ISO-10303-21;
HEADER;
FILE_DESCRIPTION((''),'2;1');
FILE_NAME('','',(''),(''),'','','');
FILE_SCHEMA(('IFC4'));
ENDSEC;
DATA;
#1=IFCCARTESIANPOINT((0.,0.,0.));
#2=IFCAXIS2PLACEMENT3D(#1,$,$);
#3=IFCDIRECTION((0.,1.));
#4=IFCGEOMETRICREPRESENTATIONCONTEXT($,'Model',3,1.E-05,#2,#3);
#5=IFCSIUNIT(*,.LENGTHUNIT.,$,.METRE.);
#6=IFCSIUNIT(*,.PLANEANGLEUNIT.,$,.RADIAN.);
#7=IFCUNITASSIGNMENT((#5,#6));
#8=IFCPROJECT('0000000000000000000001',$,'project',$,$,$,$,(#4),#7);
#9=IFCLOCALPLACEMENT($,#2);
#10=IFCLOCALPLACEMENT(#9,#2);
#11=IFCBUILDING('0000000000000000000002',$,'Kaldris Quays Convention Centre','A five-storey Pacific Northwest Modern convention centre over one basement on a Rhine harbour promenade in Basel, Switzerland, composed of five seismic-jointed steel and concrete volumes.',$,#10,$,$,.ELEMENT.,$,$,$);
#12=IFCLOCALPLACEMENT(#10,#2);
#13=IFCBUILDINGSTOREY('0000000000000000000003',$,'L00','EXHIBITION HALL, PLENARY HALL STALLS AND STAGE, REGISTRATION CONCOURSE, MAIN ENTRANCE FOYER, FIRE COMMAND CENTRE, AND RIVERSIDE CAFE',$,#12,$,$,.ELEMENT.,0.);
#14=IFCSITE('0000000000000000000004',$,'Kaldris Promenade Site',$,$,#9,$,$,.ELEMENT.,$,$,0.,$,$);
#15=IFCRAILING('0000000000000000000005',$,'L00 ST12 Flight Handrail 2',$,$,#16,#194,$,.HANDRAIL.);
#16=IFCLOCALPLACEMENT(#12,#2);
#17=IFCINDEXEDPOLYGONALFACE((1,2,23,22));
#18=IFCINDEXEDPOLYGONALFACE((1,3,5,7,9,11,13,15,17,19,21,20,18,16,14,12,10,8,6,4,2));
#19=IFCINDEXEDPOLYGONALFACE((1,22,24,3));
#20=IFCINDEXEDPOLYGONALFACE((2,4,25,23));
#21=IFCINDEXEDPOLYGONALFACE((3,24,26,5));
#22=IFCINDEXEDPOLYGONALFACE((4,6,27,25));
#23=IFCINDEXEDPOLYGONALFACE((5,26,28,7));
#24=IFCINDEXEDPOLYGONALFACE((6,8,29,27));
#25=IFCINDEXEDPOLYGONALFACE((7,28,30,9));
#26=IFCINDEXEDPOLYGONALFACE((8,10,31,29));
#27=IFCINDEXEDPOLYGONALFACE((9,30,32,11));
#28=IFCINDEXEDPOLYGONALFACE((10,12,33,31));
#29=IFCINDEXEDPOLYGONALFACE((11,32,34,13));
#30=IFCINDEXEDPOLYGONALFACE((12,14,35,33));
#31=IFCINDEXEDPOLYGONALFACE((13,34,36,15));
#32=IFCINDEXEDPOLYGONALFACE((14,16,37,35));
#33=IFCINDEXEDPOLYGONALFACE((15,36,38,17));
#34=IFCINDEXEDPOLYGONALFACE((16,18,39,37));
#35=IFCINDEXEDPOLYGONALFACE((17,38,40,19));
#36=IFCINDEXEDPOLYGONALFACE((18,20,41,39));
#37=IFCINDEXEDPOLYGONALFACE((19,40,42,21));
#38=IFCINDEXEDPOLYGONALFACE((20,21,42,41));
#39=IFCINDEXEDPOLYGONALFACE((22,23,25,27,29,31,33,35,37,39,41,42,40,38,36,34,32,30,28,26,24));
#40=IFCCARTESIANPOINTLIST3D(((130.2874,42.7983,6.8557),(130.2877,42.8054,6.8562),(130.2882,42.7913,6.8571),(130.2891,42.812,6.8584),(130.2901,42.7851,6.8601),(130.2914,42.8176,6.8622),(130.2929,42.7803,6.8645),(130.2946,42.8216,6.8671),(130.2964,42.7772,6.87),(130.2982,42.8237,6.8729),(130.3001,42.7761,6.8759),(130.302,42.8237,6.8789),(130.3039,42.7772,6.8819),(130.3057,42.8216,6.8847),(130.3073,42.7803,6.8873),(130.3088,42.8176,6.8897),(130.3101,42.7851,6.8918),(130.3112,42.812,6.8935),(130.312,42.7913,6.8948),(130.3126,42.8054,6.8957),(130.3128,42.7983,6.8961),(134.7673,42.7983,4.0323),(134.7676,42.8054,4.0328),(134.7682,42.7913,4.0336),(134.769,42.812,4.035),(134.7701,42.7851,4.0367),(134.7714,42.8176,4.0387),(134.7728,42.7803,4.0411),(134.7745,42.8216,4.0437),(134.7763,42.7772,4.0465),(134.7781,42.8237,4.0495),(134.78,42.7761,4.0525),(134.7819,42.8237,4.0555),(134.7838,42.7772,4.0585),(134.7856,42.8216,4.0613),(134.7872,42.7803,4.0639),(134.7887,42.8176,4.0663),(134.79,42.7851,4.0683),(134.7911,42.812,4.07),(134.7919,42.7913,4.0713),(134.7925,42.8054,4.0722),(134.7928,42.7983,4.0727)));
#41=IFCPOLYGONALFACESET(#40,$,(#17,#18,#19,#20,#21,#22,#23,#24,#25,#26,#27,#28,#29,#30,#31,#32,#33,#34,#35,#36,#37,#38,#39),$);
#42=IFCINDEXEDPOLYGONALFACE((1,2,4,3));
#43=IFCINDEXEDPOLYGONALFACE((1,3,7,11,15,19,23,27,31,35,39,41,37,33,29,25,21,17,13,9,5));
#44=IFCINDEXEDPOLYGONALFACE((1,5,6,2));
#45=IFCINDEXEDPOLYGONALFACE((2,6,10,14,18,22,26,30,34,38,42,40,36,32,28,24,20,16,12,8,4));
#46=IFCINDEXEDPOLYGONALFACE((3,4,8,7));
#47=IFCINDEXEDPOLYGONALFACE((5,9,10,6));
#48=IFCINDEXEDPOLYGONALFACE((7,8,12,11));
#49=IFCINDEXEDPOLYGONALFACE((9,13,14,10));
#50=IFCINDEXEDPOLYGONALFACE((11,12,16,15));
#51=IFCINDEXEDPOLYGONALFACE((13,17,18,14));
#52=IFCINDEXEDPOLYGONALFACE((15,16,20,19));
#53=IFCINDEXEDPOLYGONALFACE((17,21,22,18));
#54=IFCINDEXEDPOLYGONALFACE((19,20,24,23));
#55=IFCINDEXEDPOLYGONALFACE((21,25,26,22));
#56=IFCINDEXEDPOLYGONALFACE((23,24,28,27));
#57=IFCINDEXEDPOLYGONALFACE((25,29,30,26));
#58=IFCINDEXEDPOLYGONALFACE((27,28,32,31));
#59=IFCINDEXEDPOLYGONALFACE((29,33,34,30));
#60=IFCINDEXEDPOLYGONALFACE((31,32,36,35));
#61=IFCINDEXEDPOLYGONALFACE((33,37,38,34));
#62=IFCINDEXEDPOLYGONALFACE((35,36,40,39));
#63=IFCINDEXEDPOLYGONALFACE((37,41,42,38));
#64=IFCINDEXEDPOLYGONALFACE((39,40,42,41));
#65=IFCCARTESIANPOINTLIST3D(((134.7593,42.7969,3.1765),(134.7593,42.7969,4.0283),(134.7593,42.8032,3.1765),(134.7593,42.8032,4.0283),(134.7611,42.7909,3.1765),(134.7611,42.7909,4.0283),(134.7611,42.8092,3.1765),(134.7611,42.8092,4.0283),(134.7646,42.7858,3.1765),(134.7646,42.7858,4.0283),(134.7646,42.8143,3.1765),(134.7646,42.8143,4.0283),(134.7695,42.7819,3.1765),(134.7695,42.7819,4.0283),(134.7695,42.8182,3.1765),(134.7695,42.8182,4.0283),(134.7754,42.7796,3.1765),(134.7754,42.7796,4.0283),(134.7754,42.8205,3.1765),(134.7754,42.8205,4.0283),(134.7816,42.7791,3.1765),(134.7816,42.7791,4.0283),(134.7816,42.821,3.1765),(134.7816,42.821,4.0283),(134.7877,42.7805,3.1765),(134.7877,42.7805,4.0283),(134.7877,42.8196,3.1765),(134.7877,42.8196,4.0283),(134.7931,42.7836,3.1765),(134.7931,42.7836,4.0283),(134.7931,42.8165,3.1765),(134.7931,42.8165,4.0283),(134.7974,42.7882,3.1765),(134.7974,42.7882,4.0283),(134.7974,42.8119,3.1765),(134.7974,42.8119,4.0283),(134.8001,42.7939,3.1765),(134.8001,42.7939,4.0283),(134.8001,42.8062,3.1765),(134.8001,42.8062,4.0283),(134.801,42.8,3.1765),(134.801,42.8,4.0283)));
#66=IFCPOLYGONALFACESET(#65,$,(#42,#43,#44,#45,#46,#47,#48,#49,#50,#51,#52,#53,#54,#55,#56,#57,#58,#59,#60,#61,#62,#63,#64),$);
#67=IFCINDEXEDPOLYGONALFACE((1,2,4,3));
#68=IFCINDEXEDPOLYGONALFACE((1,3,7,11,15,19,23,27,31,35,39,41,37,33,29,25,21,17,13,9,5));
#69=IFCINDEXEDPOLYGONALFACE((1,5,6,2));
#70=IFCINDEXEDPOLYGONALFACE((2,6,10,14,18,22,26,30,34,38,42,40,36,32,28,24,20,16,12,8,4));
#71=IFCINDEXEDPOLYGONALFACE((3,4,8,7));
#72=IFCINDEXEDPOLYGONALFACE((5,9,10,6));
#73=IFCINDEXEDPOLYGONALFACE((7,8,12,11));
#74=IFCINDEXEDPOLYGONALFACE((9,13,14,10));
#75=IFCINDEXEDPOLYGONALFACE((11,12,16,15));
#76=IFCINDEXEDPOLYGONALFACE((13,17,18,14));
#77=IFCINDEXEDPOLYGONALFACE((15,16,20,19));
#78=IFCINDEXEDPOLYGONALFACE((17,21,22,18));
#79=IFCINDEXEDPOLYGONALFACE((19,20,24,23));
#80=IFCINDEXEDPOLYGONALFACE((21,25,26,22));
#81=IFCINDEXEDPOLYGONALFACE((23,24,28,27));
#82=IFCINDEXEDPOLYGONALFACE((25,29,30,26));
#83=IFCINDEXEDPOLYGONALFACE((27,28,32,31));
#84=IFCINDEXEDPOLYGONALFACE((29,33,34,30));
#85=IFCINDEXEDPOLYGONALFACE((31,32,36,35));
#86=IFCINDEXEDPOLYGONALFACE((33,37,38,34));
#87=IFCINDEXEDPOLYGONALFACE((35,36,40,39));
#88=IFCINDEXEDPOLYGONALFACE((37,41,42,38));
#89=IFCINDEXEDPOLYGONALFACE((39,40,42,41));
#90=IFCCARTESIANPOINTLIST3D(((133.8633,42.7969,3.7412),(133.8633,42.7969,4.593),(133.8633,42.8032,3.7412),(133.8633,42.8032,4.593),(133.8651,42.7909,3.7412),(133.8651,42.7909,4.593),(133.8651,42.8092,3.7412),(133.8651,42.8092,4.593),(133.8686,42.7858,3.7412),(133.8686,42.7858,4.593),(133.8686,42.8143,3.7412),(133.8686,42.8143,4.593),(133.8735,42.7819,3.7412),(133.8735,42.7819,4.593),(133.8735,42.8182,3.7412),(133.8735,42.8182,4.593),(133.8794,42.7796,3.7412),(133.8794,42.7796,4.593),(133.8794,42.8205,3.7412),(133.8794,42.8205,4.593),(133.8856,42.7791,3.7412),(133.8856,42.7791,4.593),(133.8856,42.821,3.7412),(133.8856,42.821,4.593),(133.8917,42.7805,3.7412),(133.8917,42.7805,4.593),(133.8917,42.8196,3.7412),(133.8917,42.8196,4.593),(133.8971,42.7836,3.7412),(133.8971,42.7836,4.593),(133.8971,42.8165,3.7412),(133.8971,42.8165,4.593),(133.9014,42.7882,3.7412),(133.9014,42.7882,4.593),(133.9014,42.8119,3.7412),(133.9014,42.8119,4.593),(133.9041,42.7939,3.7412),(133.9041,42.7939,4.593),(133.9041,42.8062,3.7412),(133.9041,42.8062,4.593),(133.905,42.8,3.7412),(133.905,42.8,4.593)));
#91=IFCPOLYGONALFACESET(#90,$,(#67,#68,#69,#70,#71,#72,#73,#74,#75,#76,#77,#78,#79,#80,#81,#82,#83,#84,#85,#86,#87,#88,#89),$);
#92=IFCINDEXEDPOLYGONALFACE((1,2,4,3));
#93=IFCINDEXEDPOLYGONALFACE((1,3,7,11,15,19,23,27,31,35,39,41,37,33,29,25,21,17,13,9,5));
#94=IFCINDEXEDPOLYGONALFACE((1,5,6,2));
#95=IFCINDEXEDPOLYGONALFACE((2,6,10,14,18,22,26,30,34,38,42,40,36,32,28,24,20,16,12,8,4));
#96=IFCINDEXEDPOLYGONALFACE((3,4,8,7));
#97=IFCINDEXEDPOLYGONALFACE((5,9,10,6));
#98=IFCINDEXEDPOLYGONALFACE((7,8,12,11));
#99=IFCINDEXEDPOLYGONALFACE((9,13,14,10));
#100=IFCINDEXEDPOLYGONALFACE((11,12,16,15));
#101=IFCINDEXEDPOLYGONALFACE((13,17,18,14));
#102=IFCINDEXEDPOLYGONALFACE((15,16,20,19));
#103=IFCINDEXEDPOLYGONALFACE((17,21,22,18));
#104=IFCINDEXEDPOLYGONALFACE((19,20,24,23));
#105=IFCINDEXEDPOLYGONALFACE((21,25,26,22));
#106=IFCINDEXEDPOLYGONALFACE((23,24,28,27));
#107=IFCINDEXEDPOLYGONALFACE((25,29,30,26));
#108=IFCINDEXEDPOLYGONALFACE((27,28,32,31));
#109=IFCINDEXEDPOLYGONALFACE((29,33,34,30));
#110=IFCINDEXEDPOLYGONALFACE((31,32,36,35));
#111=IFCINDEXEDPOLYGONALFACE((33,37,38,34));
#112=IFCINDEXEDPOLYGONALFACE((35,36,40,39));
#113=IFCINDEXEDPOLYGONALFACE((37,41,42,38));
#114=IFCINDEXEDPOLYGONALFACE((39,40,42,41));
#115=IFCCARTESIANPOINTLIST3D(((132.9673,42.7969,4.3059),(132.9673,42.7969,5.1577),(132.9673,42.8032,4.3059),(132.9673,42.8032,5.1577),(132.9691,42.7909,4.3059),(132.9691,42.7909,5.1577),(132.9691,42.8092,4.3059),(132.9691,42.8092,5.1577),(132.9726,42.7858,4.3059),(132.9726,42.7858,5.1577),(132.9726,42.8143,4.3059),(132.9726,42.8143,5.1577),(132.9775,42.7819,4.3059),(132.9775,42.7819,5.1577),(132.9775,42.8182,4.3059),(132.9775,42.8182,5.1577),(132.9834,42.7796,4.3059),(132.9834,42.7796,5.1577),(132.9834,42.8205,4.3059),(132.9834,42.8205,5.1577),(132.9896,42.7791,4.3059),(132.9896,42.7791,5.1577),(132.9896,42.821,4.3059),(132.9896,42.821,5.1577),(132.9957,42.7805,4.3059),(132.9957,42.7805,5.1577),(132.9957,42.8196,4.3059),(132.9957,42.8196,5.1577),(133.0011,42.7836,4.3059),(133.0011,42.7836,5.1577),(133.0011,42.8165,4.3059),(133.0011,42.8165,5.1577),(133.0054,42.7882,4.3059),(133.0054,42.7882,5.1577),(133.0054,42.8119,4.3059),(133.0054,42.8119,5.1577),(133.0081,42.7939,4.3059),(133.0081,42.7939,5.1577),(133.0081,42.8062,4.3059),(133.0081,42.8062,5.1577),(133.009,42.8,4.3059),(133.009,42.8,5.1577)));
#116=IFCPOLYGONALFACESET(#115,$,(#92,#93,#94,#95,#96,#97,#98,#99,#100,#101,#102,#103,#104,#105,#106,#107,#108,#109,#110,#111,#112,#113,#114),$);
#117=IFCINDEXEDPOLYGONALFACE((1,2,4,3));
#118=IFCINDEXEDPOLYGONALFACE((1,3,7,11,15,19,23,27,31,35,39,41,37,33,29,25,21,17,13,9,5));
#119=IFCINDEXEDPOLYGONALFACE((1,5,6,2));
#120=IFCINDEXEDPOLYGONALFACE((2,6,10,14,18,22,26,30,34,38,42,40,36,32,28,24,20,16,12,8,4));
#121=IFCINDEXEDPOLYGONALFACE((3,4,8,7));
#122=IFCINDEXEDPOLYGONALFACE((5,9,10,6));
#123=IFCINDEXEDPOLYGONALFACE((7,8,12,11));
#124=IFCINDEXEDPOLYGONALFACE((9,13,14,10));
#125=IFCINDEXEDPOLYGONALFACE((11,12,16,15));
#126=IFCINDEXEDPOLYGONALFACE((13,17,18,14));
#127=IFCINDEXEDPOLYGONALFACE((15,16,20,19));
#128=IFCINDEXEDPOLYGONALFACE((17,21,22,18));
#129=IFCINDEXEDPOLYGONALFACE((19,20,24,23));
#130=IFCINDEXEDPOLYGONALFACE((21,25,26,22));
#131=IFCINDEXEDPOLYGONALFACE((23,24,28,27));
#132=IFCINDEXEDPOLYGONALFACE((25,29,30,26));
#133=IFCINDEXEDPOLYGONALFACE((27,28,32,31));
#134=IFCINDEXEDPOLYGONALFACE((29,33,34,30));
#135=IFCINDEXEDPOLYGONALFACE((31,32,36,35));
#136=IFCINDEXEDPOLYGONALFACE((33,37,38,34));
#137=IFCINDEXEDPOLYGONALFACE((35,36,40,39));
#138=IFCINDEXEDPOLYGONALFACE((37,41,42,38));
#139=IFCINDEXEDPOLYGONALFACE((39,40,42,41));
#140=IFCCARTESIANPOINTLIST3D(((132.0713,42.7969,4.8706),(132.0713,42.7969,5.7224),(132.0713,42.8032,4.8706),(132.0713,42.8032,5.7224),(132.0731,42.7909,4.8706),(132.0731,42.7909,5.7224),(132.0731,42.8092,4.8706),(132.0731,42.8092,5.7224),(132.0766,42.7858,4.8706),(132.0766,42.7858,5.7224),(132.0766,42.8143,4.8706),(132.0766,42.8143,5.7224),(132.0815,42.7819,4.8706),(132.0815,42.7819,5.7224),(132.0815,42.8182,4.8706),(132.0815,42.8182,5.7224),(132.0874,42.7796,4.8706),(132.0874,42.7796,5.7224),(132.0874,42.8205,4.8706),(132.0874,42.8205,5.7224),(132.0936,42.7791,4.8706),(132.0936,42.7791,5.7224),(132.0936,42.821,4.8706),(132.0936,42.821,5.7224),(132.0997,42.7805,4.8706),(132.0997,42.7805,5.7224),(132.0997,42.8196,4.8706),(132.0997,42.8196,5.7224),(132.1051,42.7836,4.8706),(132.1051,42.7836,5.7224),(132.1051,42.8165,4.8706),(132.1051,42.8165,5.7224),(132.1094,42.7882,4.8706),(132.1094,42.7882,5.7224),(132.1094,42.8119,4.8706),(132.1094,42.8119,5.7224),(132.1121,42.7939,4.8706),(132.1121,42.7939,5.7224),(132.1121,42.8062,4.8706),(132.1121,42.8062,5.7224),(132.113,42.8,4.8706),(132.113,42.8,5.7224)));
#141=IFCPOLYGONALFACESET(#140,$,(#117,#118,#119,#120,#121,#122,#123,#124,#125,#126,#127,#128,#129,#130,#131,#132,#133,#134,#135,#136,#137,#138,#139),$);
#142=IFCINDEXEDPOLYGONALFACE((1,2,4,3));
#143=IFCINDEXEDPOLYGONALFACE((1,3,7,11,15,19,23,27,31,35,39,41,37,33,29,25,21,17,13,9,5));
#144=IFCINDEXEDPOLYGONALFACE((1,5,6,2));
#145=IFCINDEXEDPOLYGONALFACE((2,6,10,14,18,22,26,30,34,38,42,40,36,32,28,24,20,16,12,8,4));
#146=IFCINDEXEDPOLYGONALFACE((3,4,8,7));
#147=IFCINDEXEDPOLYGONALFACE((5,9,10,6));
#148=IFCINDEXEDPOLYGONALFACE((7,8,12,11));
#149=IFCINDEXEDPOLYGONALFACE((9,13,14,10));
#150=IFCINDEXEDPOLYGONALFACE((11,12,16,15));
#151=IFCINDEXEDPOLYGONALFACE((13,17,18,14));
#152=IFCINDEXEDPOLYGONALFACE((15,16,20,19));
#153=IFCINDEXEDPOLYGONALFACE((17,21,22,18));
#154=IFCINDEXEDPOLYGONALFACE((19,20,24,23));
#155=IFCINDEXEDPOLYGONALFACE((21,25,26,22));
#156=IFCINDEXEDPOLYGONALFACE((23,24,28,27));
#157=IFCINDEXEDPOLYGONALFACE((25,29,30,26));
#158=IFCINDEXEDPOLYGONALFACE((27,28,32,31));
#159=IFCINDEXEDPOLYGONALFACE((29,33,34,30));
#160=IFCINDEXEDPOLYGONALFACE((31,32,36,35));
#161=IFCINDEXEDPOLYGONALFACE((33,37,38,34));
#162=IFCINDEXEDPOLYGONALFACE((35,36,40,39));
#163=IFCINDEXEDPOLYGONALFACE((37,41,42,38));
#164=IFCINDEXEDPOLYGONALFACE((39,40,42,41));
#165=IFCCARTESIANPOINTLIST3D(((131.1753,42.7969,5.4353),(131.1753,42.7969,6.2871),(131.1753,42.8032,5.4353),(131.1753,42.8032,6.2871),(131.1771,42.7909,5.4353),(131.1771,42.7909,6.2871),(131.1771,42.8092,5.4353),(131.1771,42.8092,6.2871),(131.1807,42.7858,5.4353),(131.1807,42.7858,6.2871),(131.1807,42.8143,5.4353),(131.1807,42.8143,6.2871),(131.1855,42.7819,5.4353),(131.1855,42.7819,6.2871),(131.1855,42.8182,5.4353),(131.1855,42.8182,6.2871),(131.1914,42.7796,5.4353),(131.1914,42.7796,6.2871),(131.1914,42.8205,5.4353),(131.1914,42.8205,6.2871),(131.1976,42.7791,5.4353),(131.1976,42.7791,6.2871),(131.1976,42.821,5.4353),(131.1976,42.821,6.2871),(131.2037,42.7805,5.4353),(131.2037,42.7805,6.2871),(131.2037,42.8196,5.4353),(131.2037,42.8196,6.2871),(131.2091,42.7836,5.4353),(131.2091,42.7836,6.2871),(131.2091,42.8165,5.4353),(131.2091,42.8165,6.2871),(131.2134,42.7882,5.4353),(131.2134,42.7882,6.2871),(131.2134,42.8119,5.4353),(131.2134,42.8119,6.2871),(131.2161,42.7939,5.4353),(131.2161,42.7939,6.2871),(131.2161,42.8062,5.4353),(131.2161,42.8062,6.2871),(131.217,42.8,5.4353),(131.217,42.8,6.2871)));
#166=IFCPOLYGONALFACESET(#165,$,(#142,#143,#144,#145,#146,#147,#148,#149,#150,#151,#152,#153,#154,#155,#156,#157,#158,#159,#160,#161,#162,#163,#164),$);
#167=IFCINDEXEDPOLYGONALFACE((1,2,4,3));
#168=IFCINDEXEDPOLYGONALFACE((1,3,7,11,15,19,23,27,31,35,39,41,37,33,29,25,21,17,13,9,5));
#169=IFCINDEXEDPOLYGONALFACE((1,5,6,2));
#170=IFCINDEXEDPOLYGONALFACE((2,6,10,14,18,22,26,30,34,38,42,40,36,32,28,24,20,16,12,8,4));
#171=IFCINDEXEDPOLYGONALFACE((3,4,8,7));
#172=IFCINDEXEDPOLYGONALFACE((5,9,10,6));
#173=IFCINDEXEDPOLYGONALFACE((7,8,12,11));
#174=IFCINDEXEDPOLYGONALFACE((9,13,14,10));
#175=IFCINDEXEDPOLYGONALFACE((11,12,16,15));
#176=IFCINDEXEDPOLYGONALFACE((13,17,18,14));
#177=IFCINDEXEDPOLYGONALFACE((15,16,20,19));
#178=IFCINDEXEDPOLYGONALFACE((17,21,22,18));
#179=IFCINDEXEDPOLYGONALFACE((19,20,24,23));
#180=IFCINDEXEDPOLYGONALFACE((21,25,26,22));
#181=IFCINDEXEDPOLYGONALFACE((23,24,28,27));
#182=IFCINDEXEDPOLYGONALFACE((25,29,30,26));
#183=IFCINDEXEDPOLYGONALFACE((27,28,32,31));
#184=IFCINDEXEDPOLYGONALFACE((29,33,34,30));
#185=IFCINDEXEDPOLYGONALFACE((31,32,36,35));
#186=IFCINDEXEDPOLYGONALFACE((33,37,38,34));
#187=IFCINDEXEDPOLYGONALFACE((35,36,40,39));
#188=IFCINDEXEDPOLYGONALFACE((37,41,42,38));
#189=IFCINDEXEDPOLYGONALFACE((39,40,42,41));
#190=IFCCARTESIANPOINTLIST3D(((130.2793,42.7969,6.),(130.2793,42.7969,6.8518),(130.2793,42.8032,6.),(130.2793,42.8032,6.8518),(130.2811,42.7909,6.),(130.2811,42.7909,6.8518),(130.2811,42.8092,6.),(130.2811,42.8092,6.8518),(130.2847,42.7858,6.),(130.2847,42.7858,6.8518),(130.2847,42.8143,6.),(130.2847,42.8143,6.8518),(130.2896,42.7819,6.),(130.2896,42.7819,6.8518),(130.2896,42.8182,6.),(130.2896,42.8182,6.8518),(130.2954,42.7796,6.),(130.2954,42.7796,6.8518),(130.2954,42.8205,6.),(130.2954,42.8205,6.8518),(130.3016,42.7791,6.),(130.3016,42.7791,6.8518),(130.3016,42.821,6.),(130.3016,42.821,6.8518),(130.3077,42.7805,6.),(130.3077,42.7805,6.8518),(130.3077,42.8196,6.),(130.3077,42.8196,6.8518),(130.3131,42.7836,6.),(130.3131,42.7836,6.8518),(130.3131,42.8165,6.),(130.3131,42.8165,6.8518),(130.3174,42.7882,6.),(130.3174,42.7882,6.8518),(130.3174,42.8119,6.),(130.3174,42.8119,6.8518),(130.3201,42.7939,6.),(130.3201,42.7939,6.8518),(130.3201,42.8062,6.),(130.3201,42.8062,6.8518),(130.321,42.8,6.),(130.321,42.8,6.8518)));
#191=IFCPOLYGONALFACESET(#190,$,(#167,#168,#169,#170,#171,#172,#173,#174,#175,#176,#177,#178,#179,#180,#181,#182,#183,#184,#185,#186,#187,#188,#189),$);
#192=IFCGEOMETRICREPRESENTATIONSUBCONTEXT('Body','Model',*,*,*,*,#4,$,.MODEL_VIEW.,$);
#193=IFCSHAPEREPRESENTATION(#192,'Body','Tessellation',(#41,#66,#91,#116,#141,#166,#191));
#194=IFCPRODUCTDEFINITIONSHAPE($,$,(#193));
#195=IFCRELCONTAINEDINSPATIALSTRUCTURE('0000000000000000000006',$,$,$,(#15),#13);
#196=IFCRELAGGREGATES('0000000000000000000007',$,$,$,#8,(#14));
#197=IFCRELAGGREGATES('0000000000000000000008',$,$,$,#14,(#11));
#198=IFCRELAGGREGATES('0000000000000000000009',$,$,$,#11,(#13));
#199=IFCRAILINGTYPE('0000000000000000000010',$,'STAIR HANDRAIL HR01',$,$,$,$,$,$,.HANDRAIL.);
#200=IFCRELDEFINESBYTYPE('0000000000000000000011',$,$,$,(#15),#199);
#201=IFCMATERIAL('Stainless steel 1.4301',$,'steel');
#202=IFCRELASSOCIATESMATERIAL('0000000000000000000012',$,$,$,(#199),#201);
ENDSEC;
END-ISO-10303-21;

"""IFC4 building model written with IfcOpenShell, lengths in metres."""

from ifc_helpers import new_model, si_unit, direction, frame, origin, origin_2d, place, context, subcontext, project, spatial, circle, extrude, material, type_object, element, save


model = new_model("IFC4")

# Units and contexts
model_context = context("Model", 3, precision=1e-05, world=origin(), true_north=direction((0.0, 1.0)))
body_context = subcontext(model_context, "Body", "Model", "MODEL_VIEW")
ifc_project = project(units=[si_unit("LENGTHUNIT", "METRE"), si_unit("PLANEANGLEUNIT", "RADIAN")], contexts=[model_context])

# Site, building, storey
site_placement = place(None, origin())
site = spatial("IfcSite", under=ifc_project, at=site_placement, Name="Kaldris Promenade Site", CompositionType="ELEMENT", RefElevation=0.0)
building_placement = place(site_placement, origin())
building = spatial("IfcBuilding", under=site, at=building_placement, Name="Kaldris Quays Convention Centre", Description="A five-storey Pacific Northwest Modern convention centre over one basement on a Rhine harbour promenade in Basel, Switzerland, composed of five seismic-jointed steel and concrete volumes.", CompositionType="ELEMENT")
storey_placement = place(building_placement, origin())
storey = spatial("IfcBuildingStorey", under=building, at=storey_placement, Name="L00", Description="EXHIBITION HALL, PLENARY HALL STALLS AND STAGE, REGISTRATION CONCOURSE, MAIN ENTRANCE FOYER, FIRE COMMAND CENTRE, AND RIVERSIDE CAFE", CompositionType="ELEMENT", Elevation=0.0)

# Railing
ifc_material_1 = material(Name="Stainless steel 1.4301", Category="steel")
railing_type_1 = type_object("IfcRailingType", Name="STAIR HANDRAIL HR01", PredefinedType="HANDRAIL", material=ifc_material_1)
railing_1_placement = place(storey_placement, frame((134.78, 42.8, 3.1765)))
element("IfcRailing", 1, at=railing_1_placement, inside=storey, type_object=railing_type_1, Name="L00 ST12 Flight Handrail 2", PredefinedType="HANDRAIL", context=body_context, shape_type="SweptSolid", body=[
    extrude(circle(Radius=0.0239, at=origin_2d()), frame((0.0, 0.0, 0.876), z_axis=(-0.845998, 0.0, 0.533186), x_axis=(0.0, -1.0, 0.0)), (0.0, 0.0, 1.0), 5.2954),
    extrude(circle(Radius=0.021, at=origin_2d()), origin(), (0.0, 0.0, 1.0), 0.8518),
    extrude(circle(Radius=0.021, at=origin_2d()), frame((-0.896, 0.0, 0.5647)), (0.0, 0.0, 1.0), 0.8518),
    extrude(circle(Radius=0.021, at=origin_2d()), frame((-1.792, 0.0, 1.1294)), (0.0, 0.0, 1.0), 0.8518),
    extrude(circle(Radius=0.021, at=origin_2d()), frame((-2.688, 0.0, 1.6941)), (0.0, 0.0, 1.0), 0.8518),
    extrude(circle(Radius=0.021, at=origin_2d()), frame((-3.584, 0.0, 2.2588)), (0.0, 0.0, 1.0), 0.8518),
    extrude(circle(Radius=0.021, at=origin_2d()), frame((-4.48, 0.0, 2.8235)), (0.0, 0.0, 1.0), 0.8518),
])

save(model, "model.ifc")
